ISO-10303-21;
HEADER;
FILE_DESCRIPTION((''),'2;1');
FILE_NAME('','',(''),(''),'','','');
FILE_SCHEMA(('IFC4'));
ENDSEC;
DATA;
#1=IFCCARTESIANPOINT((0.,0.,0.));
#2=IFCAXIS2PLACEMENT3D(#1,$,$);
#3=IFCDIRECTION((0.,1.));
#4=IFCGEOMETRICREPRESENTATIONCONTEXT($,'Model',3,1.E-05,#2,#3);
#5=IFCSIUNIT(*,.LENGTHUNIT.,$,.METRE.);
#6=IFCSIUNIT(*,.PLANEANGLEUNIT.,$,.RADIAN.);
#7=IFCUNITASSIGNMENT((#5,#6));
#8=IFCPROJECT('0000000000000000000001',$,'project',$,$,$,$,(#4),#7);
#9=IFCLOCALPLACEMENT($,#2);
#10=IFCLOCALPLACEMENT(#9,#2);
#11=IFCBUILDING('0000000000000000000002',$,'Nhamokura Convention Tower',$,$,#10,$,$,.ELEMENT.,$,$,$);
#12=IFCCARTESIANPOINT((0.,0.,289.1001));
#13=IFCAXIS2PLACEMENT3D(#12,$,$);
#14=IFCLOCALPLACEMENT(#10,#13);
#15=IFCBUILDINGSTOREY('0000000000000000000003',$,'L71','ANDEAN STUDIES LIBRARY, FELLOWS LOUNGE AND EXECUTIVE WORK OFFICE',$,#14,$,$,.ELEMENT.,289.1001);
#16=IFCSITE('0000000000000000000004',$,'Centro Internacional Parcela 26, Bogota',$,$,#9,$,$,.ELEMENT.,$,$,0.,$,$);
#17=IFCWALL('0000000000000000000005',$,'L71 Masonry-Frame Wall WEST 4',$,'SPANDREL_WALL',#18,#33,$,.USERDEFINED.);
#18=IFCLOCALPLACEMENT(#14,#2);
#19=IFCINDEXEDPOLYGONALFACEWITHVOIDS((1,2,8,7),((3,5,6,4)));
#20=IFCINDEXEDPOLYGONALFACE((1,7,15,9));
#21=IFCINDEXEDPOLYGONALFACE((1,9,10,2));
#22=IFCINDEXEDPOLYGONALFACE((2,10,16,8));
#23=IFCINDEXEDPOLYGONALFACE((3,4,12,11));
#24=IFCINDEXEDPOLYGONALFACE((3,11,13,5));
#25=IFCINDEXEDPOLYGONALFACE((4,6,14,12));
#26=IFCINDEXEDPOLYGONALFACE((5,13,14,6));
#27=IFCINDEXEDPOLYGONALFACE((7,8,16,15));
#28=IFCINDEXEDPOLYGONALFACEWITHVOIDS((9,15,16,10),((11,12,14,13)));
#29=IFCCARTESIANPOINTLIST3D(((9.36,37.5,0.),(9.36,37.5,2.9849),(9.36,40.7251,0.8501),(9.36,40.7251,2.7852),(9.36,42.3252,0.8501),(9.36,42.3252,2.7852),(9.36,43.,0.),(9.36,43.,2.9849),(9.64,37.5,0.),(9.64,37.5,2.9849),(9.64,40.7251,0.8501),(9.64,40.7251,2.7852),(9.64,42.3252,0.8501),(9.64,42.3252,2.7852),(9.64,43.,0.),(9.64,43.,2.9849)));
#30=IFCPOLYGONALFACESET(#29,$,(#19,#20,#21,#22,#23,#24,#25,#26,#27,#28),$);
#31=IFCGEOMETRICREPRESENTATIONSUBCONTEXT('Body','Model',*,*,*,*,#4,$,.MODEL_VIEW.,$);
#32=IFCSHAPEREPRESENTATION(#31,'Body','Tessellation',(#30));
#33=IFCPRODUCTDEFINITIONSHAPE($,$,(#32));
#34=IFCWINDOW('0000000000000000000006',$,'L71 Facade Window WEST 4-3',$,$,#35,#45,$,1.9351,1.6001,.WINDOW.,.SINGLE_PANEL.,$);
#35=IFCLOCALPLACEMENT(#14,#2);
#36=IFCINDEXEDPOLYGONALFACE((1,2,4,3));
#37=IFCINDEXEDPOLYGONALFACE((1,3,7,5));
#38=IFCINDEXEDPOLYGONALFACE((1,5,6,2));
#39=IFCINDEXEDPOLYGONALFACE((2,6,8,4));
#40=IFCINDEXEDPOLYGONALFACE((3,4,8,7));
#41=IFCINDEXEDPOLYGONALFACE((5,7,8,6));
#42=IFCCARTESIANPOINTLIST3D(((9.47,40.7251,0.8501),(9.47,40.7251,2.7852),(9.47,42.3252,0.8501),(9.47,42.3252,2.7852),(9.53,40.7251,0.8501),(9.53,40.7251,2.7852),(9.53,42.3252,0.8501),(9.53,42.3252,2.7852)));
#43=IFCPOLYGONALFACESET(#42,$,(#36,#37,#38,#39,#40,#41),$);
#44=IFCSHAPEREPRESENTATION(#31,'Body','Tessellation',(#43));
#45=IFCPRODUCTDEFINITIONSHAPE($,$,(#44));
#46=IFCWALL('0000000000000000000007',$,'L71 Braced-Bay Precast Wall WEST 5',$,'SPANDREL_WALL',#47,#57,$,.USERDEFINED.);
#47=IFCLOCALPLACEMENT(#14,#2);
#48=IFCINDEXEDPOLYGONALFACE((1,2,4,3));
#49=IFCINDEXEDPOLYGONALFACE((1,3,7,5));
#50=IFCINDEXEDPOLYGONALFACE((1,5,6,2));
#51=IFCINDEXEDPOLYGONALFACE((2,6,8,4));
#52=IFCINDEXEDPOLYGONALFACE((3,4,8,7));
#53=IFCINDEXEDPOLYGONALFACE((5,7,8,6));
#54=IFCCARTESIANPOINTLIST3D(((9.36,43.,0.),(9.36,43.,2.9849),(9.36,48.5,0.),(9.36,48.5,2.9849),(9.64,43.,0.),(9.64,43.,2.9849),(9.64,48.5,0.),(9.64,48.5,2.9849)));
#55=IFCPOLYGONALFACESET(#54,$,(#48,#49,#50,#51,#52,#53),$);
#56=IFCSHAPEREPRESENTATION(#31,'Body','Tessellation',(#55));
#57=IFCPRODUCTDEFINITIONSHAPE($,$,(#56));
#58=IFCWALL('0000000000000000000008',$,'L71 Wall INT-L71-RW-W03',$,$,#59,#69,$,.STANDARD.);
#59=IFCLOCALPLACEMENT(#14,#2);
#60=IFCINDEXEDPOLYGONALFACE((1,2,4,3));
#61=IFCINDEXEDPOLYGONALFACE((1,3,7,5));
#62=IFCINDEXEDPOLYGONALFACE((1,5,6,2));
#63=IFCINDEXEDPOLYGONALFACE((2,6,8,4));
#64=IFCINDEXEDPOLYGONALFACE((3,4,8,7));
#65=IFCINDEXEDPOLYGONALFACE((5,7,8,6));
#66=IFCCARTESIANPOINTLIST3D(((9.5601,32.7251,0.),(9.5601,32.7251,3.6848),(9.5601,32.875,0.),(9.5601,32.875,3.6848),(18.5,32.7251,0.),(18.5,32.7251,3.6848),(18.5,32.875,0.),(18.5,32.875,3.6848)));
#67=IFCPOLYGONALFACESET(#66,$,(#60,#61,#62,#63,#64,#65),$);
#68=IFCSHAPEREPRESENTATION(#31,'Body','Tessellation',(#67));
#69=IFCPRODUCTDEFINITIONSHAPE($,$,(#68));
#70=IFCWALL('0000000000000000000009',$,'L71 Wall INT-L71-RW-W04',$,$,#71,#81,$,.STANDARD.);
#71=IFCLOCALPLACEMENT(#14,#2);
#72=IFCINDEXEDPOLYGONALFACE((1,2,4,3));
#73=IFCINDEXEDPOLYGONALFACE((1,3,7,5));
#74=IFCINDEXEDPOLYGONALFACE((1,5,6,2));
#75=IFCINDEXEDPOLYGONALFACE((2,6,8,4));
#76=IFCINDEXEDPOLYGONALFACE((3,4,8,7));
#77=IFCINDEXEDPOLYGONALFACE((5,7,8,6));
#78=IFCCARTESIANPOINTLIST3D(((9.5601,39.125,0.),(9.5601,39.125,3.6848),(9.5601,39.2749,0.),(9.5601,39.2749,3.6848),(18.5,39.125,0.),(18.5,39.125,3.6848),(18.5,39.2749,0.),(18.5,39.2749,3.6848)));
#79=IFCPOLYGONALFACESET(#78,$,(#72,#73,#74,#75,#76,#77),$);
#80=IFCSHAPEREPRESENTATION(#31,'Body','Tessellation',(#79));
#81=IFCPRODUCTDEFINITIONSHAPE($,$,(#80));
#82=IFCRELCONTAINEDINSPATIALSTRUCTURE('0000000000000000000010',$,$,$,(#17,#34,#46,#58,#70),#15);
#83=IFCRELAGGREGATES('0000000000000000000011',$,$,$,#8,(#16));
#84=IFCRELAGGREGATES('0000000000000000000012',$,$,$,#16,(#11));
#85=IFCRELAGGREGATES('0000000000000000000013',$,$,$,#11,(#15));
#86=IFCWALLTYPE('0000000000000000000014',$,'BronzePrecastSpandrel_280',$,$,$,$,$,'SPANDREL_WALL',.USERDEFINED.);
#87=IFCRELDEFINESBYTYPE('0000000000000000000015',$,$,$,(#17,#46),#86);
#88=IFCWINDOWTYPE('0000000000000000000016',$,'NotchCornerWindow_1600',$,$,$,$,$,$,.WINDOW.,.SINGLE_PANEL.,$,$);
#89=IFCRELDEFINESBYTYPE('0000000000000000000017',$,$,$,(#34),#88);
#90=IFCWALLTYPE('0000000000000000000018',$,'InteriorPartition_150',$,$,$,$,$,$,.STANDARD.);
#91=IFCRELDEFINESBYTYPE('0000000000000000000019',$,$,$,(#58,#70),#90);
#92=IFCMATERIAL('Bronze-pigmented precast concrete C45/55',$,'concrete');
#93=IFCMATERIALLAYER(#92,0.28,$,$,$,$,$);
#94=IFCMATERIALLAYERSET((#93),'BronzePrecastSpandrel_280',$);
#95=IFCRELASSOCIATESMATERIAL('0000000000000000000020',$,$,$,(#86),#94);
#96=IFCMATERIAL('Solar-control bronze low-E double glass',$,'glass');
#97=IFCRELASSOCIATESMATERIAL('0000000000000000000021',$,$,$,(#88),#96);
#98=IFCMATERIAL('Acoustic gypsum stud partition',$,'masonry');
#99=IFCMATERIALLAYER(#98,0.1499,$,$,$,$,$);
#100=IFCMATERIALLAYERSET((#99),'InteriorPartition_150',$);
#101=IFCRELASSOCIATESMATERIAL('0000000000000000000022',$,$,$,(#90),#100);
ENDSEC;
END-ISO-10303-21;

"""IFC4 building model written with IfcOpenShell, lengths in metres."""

from ifc_helpers import new_model, si_unit, direction, frame, frame_2d, origin, place, context, subcontext, project, spatial, rectangle, extrude, material, layer, layer_set, type_object, element, fill, save


model = new_model("IFC4")

# Units and contexts
model_context = context("Model", 3, precision=1e-05, world=origin(), true_north=direction((0.0, 1.0)))
body_context = subcontext(model_context, "Body", "Model", "MODEL_VIEW")
ifc_project = project(units=[si_unit("LENGTHUNIT", "METRE"), si_unit("PLANEANGLEUNIT", "RADIAN")], contexts=[model_context])

# Site, building, storey
site_placement = place(None, origin())
site = spatial("IfcSite", under=ifc_project, at=site_placement, Name="Centro Internacional Parcela 26, Bogota", CompositionType="ELEMENT", RefElevation=0.0)
building_placement = place(site_placement, origin())
building = spatial("IfcBuilding", under=site, at=building_placement, Name="Nhamokura Convention Tower", CompositionType="ELEMENT")
storey_placement = place(building_placement, frame((0.0, 0.0, 289.1001)))
storey = spatial("IfcBuildingStorey", under=building, at=storey_placement, Name="L71", Description="ANDEAN STUDIES LIBRARY, FELLOWS LOUNGE AND EXECUTIVE WORK OFFICE", CompositionType="ELEMENT", Elevation=289.1001)

# Wall, opening, window
ifc_material_1 = material(Name="Bronze-pigmented precast concrete C45/55", Category="concrete")
ifc_layer_1 = layer(ifc_material_1, 0.28)
ifc_layer_set_1 = layer_set([ifc_layer_1], Name="BronzePrecastSpandrel_280")
wall_type_1 = type_object("IfcWallType", Name="BronzePrecastSpandrel_280", ElementType="SPANDREL_WALL", PredefinedType="USERDEFINED", material=ifc_layer_set_1)
wall_1_placement = place(storey_placement, frame((9.5, 37.5, 0.0), z_axis=(0.0, 0.0, 1.0), x_axis=(0.0, 1.0, 0.0)))
wall_1 = element("IfcWall", 1, at=wall_1_placement, inside=storey, type_object=wall_type_1, Name="L71 Masonry-Frame Wall WEST 4", ObjectType="SPANDREL_WALL", PredefinedType="USERDEFINED", context=body_context, shape_type="SweptSolid", body=[
    extrude(rectangle(XDim=5.5, YDim=0.28, at=frame_2d((2.75, 0.0))), origin(), (0.0, 0.0, 1.0), 2.9849),
])
opening_1_placement = place(wall_1_placement, frame((3.2251, 0.0, 0.8501)))
opening_1 = element("IfcOpeningElement", 2, at=opening_1_placement, cuts=wall_1, PredefinedType="OPENING", context=body_context, shape_type="SweptSolid", body=[
    extrude(rectangle(XDim=1.6001, YDim=1.9351, at=frame_2d((0.8, 0.9675))), frame((0.0, 0.1499, 0.0), z_axis=(0.0, -1.0, 0.0), x_axis=(1.0, 0.0, 0.0)), (0.0, 0.0, 1.0), 0.3),
])
ifc_material_2 = material(Name="Solar-control bronze low-E double glass", Category="glass")
window_type_1 = type_object("IfcWindowType", Name="NotchCornerWindow_1600", PartitioningType="SINGLE_PANEL", PredefinedType="WINDOW", material=ifc_material_2)
window_1_placement = place(opening_1_placement, origin())
window_1 = element("IfcWindow", 3, at=window_1_placement, inside=storey, type_object=window_type_1, Name="L71 Facade Window WEST 4-3", OverallHeight=1.9351, OverallWidth=1.6001, PartitioningType="SINGLE_PANEL", PredefinedType="WINDOW", context=body_context, shape_type="SweptSolid", body=[
    extrude(rectangle(XDim=1.6001, YDim=1.9351, at=frame_2d((0.8, 0.9675))), frame((0.0, 0.03, 0.0), z_axis=(0.0, -1.0, 0.0), x_axis=(1.0, 0.0, 0.0)), (0.0, 0.0, 1.0), 0.0601),
])
fill(opening_1, window_1)

# Walls
wall_2_placement = place(storey_placement, frame((9.5, 43.0, 0.0), z_axis=(0.0, 0.0, 1.0), x_axis=(0.0, 1.0, 0.0)))
element("IfcWall", 4, at=wall_2_placement, inside=storey, type_object=wall_type_1, Name="L71 Braced-Bay Precast Wall WEST 5", ObjectType="SPANDREL_WALL", PredefinedType="USERDEFINED", context=body_context, shape_type="SweptSolid", body=[
    extrude(rectangle(XDim=5.5, YDim=0.28, at=frame_2d((2.75, 0.0))), origin(), (0.0, 0.0, 1.0), 2.9849),
])
ifc_material_3 = material(Name="Acoustic gypsum stud partition", Category="masonry")
ifc_layer_2 = layer(ifc_material_3, 0.1499)
ifc_layer_set_2 = layer_set([ifc_layer_2], Name="InteriorPartition_150")
wall_type_2 = type_object("IfcWallType", Name="InteriorPartition_150", PredefinedType="STANDARD", material=ifc_layer_set_2)
for number, where, z_axis, x_axis, name in (
    (5, (9.5601, 32.8, 0.0), (0.0, 0.0, 1.0), (1.0, 0.0, 0.0), "L71 Wall INT-L71-RW-W03"),
    (6, (9.5601, 39.2, 0.0), (0.0, 0.0, 1.0), (1.0, 0.0, 0.0), "L71 Wall INT-L71-RW-W04"),
):
    element("IfcWall", number, at=place(storey_placement, frame(where, z_axis=z_axis, x_axis=x_axis)), inside=storey, type_object=wall_type_2, Name=name, PredefinedType="STANDARD", context=body_context, shape_type="SweptSolid", body=[
        extrude(rectangle(XDim=8.9399, YDim=0.1499, at=frame_2d((4.47, 0.0))), origin(), (0.0, 0.0, 1.0), 3.6848),
    ])

save(model, "model.ifc")
